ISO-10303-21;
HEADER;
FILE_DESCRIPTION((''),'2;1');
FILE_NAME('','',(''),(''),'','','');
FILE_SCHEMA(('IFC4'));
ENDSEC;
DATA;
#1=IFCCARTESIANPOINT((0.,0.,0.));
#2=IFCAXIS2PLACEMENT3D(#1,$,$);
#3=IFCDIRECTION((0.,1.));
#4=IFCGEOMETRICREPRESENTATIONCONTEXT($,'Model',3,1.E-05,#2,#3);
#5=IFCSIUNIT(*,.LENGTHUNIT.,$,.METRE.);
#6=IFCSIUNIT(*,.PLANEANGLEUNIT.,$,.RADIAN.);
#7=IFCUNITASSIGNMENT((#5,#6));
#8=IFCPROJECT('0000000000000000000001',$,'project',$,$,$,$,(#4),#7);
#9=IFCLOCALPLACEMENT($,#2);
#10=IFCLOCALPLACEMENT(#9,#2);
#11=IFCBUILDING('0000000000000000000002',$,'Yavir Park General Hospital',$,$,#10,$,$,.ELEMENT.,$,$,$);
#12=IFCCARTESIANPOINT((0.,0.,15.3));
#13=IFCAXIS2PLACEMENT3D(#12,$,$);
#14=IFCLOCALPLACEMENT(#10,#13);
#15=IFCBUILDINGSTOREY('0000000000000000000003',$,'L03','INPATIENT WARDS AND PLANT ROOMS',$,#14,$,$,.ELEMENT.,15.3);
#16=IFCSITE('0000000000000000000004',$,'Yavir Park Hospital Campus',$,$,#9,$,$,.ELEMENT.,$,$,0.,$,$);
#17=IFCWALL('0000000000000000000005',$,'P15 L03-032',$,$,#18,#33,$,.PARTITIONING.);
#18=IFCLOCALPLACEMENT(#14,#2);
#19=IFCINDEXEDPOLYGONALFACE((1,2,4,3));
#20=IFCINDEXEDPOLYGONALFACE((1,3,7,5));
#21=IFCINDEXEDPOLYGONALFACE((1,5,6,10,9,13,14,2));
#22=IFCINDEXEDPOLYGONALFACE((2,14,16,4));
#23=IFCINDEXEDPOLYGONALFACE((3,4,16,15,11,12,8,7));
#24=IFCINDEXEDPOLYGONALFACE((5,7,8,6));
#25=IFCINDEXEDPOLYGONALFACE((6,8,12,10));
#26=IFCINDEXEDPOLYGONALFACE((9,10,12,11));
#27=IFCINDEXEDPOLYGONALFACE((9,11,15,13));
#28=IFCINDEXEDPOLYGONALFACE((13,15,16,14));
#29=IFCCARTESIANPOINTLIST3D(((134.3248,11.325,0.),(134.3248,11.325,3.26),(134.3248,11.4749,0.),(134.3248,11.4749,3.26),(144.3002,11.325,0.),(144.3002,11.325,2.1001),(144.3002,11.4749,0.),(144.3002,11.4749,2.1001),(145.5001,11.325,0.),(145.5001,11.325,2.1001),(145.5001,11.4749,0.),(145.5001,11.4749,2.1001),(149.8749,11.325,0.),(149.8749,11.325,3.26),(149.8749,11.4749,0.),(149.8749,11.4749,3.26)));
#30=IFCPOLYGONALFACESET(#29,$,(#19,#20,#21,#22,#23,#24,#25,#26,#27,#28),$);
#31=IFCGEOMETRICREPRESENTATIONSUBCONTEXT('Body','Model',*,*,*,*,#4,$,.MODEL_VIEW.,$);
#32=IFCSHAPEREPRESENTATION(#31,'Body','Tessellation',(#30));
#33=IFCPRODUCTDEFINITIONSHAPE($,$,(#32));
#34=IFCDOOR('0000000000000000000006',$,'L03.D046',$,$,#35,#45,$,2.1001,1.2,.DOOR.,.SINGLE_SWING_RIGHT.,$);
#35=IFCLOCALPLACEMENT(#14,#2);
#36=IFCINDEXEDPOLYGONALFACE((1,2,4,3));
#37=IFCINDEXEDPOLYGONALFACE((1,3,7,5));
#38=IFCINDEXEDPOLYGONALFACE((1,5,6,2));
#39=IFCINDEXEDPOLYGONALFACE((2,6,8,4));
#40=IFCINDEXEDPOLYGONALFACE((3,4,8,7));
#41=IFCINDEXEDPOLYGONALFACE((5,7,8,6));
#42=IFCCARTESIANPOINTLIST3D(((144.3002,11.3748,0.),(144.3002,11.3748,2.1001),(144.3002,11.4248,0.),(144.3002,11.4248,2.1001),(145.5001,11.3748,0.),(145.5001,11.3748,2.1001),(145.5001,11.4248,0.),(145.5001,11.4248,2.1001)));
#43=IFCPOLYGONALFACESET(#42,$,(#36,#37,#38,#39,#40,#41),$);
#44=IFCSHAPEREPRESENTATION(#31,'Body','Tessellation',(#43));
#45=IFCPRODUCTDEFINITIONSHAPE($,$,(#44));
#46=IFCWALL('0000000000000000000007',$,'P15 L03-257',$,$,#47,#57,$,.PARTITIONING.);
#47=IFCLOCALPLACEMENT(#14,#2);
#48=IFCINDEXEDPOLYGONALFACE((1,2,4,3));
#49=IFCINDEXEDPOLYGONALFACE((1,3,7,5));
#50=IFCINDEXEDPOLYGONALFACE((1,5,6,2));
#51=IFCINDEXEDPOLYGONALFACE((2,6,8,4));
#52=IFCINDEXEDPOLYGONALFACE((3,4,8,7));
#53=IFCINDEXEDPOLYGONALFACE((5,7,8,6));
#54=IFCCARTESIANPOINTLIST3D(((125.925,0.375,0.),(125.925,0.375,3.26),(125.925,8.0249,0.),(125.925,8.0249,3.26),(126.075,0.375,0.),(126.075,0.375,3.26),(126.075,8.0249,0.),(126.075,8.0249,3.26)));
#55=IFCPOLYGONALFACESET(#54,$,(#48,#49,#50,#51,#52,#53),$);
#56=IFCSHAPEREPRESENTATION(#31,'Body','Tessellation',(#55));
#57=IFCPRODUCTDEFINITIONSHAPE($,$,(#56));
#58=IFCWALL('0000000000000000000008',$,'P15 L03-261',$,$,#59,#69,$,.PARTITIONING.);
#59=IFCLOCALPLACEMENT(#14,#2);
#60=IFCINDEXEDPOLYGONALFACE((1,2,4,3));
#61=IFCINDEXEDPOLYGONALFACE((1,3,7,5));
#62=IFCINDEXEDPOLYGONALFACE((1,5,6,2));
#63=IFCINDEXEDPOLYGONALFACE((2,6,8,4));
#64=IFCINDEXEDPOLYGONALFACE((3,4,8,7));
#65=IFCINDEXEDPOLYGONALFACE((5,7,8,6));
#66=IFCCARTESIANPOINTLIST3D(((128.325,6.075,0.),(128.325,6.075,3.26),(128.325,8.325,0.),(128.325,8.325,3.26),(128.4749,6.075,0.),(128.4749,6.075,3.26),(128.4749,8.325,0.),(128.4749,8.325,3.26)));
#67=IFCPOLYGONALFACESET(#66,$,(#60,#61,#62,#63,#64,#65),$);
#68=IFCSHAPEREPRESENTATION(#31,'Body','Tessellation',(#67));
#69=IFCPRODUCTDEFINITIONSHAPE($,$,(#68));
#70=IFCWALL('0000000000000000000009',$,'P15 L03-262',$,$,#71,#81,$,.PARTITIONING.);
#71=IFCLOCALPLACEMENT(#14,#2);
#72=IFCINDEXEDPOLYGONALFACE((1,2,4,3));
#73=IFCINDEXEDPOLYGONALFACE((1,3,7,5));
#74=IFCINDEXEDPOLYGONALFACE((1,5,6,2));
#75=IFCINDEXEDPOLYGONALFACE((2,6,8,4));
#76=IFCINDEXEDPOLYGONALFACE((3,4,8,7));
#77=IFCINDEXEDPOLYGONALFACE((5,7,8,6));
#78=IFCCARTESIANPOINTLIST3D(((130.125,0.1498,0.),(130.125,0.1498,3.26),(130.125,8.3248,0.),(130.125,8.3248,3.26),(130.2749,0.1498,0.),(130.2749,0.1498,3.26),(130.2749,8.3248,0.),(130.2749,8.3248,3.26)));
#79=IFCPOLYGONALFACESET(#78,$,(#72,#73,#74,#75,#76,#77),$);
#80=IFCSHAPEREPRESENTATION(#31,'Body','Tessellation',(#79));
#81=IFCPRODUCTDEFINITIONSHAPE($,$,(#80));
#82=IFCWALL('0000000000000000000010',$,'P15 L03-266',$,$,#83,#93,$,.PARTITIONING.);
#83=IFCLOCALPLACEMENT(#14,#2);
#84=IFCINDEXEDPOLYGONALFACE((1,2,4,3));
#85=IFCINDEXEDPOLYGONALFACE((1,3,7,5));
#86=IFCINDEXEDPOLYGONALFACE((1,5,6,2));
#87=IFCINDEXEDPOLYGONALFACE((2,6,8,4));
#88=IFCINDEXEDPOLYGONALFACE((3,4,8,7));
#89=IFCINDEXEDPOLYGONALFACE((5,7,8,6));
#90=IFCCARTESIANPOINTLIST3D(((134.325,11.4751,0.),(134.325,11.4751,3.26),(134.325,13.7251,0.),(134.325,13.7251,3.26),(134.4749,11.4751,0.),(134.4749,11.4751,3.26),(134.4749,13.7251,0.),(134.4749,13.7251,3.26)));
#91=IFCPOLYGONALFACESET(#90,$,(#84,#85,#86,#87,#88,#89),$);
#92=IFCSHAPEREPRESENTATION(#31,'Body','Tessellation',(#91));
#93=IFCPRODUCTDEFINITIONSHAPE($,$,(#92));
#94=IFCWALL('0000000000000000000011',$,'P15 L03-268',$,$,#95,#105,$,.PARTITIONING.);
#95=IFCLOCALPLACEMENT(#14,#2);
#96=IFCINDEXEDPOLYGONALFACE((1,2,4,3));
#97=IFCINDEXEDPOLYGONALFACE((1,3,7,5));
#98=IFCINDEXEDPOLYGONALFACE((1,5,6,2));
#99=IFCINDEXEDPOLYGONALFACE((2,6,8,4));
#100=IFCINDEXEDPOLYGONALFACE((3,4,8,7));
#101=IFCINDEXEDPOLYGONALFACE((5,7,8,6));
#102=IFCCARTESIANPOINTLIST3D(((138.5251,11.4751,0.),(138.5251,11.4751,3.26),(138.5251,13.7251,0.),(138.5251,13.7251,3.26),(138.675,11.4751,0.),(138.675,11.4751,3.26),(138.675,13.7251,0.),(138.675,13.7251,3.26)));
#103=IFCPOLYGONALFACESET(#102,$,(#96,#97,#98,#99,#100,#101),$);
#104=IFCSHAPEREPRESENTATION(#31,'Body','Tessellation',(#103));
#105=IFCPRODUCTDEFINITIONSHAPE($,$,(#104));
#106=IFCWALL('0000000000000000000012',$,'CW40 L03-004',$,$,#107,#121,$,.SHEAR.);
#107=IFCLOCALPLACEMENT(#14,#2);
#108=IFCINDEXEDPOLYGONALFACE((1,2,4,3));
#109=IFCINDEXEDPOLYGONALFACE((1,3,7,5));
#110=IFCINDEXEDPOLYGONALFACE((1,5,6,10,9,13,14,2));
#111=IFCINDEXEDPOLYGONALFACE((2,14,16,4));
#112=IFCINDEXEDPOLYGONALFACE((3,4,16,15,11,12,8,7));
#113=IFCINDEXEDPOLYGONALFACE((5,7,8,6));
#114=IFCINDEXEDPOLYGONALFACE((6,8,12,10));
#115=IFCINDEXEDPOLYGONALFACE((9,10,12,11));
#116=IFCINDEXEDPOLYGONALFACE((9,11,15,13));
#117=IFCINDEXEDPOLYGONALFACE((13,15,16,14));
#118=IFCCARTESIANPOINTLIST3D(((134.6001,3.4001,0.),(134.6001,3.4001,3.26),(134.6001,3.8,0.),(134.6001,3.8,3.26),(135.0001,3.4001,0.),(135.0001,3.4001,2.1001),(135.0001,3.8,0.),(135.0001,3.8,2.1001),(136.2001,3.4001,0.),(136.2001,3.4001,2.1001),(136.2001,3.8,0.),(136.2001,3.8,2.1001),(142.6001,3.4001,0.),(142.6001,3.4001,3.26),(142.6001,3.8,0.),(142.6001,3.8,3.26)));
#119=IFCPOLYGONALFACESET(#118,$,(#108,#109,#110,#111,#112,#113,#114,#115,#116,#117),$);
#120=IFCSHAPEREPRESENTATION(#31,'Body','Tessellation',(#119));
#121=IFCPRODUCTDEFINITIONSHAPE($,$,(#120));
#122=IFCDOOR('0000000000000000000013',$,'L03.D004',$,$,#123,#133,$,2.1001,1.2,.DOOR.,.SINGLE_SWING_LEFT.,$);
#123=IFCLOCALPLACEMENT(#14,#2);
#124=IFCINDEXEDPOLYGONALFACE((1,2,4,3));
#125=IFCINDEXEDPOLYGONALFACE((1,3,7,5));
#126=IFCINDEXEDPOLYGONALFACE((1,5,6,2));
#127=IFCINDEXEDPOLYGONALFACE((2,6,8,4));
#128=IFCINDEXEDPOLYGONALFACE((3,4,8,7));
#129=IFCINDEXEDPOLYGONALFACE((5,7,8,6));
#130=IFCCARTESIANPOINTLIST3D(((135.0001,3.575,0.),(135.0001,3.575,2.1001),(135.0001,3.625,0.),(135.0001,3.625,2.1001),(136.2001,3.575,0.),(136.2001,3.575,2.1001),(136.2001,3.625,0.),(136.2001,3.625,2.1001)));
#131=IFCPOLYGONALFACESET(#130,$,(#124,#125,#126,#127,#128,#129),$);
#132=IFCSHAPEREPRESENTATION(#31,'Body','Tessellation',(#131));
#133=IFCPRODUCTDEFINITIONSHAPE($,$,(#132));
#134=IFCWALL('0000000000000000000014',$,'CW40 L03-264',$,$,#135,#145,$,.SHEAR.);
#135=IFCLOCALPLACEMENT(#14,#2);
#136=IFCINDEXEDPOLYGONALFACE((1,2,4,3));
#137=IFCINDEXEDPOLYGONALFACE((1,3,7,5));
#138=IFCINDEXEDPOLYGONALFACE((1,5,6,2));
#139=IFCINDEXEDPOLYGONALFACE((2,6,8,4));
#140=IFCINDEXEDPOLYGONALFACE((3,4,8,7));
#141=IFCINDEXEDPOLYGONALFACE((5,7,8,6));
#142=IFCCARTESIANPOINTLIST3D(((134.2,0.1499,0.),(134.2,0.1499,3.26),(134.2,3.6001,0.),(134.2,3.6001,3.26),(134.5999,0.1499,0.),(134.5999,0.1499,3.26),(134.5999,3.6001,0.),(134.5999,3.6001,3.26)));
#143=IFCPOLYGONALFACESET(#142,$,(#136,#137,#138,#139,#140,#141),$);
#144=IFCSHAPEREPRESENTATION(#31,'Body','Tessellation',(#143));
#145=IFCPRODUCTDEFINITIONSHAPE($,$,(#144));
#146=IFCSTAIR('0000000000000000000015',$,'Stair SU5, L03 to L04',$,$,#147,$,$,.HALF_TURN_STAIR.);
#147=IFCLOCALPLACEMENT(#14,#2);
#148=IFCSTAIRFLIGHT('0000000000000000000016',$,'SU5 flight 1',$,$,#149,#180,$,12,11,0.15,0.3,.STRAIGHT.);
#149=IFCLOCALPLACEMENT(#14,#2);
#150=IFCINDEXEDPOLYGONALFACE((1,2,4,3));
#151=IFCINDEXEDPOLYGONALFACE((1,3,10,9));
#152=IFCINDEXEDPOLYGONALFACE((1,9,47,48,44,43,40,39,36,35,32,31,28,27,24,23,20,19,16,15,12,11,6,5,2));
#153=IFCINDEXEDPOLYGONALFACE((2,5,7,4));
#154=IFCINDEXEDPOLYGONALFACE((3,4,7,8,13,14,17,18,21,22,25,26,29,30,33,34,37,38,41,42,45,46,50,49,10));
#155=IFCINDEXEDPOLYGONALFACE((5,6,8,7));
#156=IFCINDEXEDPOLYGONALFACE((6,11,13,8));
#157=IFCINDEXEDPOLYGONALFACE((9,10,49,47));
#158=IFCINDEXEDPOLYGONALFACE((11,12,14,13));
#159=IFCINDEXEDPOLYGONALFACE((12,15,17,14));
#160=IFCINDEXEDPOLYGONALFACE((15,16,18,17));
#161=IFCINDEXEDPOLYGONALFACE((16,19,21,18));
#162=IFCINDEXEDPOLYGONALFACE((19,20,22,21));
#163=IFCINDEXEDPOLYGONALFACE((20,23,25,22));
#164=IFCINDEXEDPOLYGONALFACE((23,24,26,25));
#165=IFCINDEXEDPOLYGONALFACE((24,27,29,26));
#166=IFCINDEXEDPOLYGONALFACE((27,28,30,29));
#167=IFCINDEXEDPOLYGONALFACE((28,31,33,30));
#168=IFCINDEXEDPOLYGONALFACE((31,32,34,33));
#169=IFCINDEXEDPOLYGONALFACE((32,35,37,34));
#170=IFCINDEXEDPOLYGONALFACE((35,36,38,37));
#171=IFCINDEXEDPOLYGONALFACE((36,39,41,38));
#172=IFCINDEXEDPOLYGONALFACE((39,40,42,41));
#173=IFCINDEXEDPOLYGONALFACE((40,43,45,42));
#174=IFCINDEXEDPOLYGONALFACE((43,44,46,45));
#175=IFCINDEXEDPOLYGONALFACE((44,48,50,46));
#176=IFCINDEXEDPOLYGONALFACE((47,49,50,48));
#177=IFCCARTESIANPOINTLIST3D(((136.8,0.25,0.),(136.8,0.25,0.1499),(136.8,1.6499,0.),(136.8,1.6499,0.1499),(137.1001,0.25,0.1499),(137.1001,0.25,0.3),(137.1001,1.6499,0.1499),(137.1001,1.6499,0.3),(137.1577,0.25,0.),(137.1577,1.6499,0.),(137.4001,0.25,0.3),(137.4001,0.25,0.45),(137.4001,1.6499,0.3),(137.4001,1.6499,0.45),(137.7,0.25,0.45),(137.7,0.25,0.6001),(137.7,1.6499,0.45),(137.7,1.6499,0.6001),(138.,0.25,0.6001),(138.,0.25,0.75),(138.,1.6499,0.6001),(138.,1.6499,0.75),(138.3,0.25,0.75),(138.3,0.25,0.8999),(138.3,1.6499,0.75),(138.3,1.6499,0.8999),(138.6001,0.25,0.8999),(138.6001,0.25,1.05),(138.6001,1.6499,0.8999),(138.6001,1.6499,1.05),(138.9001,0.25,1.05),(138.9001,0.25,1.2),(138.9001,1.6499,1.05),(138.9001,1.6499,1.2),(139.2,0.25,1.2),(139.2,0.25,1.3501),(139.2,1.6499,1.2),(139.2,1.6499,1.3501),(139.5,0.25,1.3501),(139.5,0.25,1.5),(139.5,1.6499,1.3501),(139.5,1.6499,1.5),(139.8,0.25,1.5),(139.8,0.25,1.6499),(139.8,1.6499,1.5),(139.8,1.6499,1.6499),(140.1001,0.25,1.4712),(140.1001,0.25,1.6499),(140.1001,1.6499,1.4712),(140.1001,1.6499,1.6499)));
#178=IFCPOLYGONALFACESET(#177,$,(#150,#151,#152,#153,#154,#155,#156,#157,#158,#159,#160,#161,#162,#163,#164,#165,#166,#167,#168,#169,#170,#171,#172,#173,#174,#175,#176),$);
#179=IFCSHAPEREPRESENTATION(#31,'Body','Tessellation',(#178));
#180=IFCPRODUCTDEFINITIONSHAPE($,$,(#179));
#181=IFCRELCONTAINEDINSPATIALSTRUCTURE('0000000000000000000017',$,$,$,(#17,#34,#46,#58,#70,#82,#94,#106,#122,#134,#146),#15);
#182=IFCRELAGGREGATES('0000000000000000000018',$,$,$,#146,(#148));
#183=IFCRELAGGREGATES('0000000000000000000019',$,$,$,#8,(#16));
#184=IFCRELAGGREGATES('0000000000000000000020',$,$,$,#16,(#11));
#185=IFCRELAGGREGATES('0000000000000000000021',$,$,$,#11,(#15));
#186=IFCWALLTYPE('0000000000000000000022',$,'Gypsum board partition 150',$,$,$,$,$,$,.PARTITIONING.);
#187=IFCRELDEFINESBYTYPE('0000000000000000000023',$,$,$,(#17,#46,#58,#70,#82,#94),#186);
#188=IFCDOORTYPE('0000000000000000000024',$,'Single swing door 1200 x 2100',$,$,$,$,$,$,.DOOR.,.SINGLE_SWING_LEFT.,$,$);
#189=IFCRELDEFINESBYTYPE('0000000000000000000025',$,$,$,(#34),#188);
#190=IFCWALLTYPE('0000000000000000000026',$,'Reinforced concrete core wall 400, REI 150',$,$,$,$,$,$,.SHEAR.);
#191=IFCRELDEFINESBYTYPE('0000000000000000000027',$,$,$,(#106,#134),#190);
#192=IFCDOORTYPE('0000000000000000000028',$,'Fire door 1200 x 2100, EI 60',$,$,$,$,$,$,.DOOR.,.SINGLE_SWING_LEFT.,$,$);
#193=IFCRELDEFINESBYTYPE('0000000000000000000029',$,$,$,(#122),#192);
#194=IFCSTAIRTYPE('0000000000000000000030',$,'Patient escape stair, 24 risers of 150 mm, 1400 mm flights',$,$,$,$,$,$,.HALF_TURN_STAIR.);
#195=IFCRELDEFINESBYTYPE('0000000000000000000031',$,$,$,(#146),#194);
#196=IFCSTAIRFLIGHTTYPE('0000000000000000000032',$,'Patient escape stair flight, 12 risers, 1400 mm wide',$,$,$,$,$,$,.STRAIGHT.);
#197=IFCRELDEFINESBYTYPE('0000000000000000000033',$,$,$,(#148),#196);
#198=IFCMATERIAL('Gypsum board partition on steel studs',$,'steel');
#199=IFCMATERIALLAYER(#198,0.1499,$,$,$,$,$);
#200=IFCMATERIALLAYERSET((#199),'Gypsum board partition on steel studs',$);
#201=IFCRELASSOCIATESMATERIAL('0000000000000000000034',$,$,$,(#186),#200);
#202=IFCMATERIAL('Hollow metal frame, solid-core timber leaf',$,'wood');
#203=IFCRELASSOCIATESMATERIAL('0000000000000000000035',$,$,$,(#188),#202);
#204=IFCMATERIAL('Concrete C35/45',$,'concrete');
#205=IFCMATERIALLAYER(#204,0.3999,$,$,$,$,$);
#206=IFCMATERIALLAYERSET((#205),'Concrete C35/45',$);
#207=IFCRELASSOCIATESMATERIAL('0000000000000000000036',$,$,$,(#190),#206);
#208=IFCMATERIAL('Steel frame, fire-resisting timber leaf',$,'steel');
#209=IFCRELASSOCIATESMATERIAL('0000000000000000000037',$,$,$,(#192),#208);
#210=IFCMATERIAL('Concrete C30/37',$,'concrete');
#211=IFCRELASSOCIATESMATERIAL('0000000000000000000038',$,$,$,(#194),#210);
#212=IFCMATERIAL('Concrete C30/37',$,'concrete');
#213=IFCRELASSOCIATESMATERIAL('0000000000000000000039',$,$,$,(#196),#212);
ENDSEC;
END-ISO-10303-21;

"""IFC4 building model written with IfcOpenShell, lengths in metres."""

from ifc_helpers import new_model, si_unit, direction, frame, frame_2d, origin, place, context, subcontext, project, spatial, polyline, rectangle, outline, extrude, material, layer, layer_set, type_object, element, fill, aggregate, save


model = new_model("IFC4")

# Units and contexts
model_context = context("Model", 3, precision=1e-05, world=origin(), true_north=direction((0.0, 1.0)))
body_context = subcontext(model_context, "Body", "Model", "MODEL_VIEW")
ifc_project = project(units=[si_unit("LENGTHUNIT", "METRE"), si_unit("PLANEANGLEUNIT", "RADIAN")], contexts=[model_context])

# Site, building, storey
site_placement = place(None, origin())
site = spatial("IfcSite", under=ifc_project, at=site_placement, Name="Yavir Park Hospital Campus", CompositionType="ELEMENT", RefElevation=0.0)
building_placement = place(site_placement, origin())
building = spatial("IfcBuilding", under=site, at=building_placement, Name="Yavir Park General Hospital", CompositionType="ELEMENT")
storey_placement = place(building_placement, frame((0.0, 0.0, 15.3)))
storey = spatial("IfcBuildingStorey", under=building, at=storey_placement, Name="L03", Description="INPATIENT WARDS AND PLANT ROOMS", CompositionType="ELEMENT", Elevation=15.3)

# Shared definitions
ifc_material_1 = material(Name="Gypsum board partition on steel studs", Category="steel")
ifc_layer_1 = layer(ifc_material_1, 0.1499)
ifc_layer_set_1 = layer_set([ifc_layer_1], Name="Gypsum board partition on steel studs")
wall_type_1 = type_object("IfcWallType", Name="Gypsum board partition 150", PredefinedType="PARTITIONING", material=ifc_layer_set_1)

# Wall, opening, door
wall_1_placement = place(storey_placement, frame((134.325, 11.3999, 0.0), z_axis=(0.0, 0.0, 1.0), x_axis=(1.0, 0.0, 0.0)))
wall_1 = element("IfcWall", 1, at=wall_1_placement, inside=storey, type_object=wall_type_1, Name="P15 L03-032", PredefinedType="PARTITIONING", context=body_context, shape_type="SweptSolid", body=[
    extrude(rectangle(XDim=15.55, YDim=0.1499, at=frame_2d((7.7749, 0.0))), origin(), (0.0, 0.0, 1.0), 3.26),
])
opening_1_placement = place(wall_1_placement, frame((9.9751, 0.0, 0.0)))
opening_1 = element("IfcOpeningElement", 2, at=opening_1_placement, cuts=wall_1, PredefinedType="OPENING", context=body_context, shape_type="SweptSolid", body=[
    extrude(rectangle(XDim=1.2, YDim=2.1001, at=frame_2d((0.6001, 1.05))), frame((0.0, 0.085, 0.0), z_axis=(0.0, -1.0, 0.0), x_axis=(1.0, 0.0, 0.0)), (0.0, 0.0, 1.0), 0.1699),
])
ifc_material_2 = material(Name="Hollow metal frame, solid-core timber leaf", Category="wood")
door_type_1 = type_object("IfcDoorType", Name="Single swing door 1200 x 2100", OperationType="SINGLE_SWING_LEFT", PredefinedType="DOOR", material=ifc_material_2)
door_1_placement = place(opening_1_placement, origin())
door_1 = element("IfcDoor", 3, at=door_1_placement, inside=storey, type_object=door_type_1, Name="L03.D046", OperationType="SINGLE_SWING_RIGHT", OverallHeight=2.1001, OverallWidth=1.2, PredefinedType="DOOR", context=body_context, shape_type="SweptSolid", body=[
    extrude(rectangle(XDim=1.2, YDim=2.1001, at=frame_2d((0.6001, 1.05))), frame((0.0, 0.0249, 0.0), z_axis=(0.0, -1.0, 0.0), x_axis=(1.0, 0.0, 0.0)), (0.0, 0.0, 1.0), 0.05),
])
fill(opening_1, door_1)

# Walls
wall_2_placement = place(storey_placement, frame((126.0, 0.375, 0.0), z_axis=(0.0, 0.0, 1.0), x_axis=(0.0, 1.0, 0.0)))
element("IfcWall", 4, at=wall_2_placement, inside=storey, type_object=wall_type_1, Name="P15 L03-257", PredefinedType="PARTITIONING", context=body_context, shape_type="SweptSolid", body=[
    extrude(rectangle(XDim=7.6499, YDim=0.1499, at=frame_2d((3.825, 0.0))), origin(), (0.0, 0.0, 1.0), 3.26),
])
wall_3_placement = place(storey_placement, frame((128.3999, 6.075, 0.0), z_axis=(0.0, 0.0, 1.0), x_axis=(0.0, 1.0, 0.0)))
element("IfcWall", 5, at=wall_3_placement, inside=storey, type_object=wall_type_1, Name="P15 L03-261", PredefinedType="PARTITIONING", context=body_context, shape_type="SweptSolid", body=[
    extrude(rectangle(XDim=2.25, YDim=0.1499, at=frame_2d((1.125, 0.0))), origin(), (0.0, 0.0, 1.0), 3.26),
])
wall_4_placement = place(storey_placement, frame((130.2, 0.1499, 0.0), z_axis=(0.0, 0.0, 1.0), x_axis=(0.0, 1.0, 0.0)))
element("IfcWall", 6, at=wall_4_placement, inside=storey, type_object=wall_type_1, Name="P15 L03-262", PredefinedType="PARTITIONING", context=body_context, shape_type="SweptSolid", body=[
    extrude(rectangle(XDim=8.175, YDim=0.1499, at=frame_2d((4.0874, 0.0))), origin(), (0.0, 0.0, 1.0), 3.26),
])
for number, where, z_axis, x_axis, name in (
    (7, (134.3999, 11.4751, 0.0), (0.0, 0.0, 1.0), (0.0, 1.0, 0.0), "P15 L03-266"),
    (8, (138.6001, 11.4751, 0.0), (0.0, 0.0, 1.0), (0.0, 1.0, 0.0), "P15 L03-268"),
):
    element("IfcWall", number, at=place(storey_placement, frame(where, z_axis=z_axis, x_axis=x_axis)), inside=storey, type_object=wall_type_1, Name=name, PredefinedType="PARTITIONING", context=body_context, shape_type="SweptSolid", body=[
        extrude(rectangle(XDim=2.25, YDim=0.1499, at=frame_2d((1.125, 0.0))), origin(), (0.0, 0.0, 1.0), 3.26),
    ])

# Wall, opening, door
ifc_material_3 = material(Name="Concrete C35/45", Category="concrete")
ifc_layer_2 = layer(ifc_material_3, 0.3999)
ifc_layer_set_2 = layer_set([ifc_layer_2], Name="Concrete C35/45")
wall_type_2 = type_object("IfcWallType", Name="Reinforced concrete core wall 400, REI 150", PredefinedType="SHEAR", material=ifc_layer_set_2)
wall_5_placement = place(storey_placement, frame((134.6001, 3.6001, 0.0), z_axis=(0.0, 0.0, 1.0), x_axis=(1.0, 0.0, 0.0)))
wall_5 = element("IfcWall", 9, at=wall_5_placement, inside=storey, type_object=wall_type_2, Name="CW40 L03-004", PredefinedType="SHEAR", context=body_context, shape_type="SweptSolid", body=[
    extrude(rectangle(XDim=8.0, YDim=0.3999, at=frame_2d((4.0, 0.0))), origin(), (0.0, 0.0, 1.0), 3.26),
])
opening_2_placement = place(wall_5_placement, frame((0.3999, 0.0, 0.0)))
opening_2 = element("IfcOpeningElement", 10, at=opening_2_placement, cuts=wall_5, PredefinedType="OPENING", context=body_context, shape_type="SweptSolid", body=[
    extrude(rectangle(XDim=1.2, YDim=2.1001, at=frame_2d((0.6001, 1.05))), frame((0.0, 0.21, 0.0), z_axis=(0.0, -1.0, 0.0), x_axis=(1.0, 0.0, 0.0)), (0.0, 0.0, 1.0), 0.4199),
])
ifc_material_4 = material(Name="Steel frame, fire-resisting timber leaf", Category="steel")
door_type_2 = type_object("IfcDoorType", Name="Fire door 1200 x 2100, EI 60", OperationType="SINGLE_SWING_LEFT", PredefinedType="DOOR", material=ifc_material_4)
door_2_placement = place(opening_2_placement, origin())
door_2 = element("IfcDoor", 11, at=door_2_placement, inside=storey, type_object=door_type_2, Name="L03.D004", OperationType="SINGLE_SWING_LEFT", OverallHeight=2.1001, OverallWidth=1.2, PredefinedType="DOOR", context=body_context, shape_type="SweptSolid", body=[
    extrude(rectangle(XDim=1.2, YDim=2.1001, at=frame_2d((0.6001, 1.05))), frame((0.0, 0.0249, 0.0), z_axis=(0.0, -1.0, 0.0), x_axis=(1.0, 0.0, 0.0)), (0.0, 0.0, 1.0), 0.05),
])
fill(opening_2, door_2)

# Wall
wall_6_placement = place(storey_placement, frame((134.3999, 0.1499, 0.0), z_axis=(0.0, 0.0, 1.0), x_axis=(0.0, 1.0, 0.0)))
element("IfcWall", 12, at=wall_6_placement, inside=storey, type_object=wall_type_2, Name="CW40 L03-264", PredefinedType="SHEAR", context=body_context, shape_type="SweptSolid", body=[
    extrude(rectangle(XDim=3.4502, YDim=0.3999, at=frame_2d((1.7251, 0.0))), origin(), (0.0, 0.0, 1.0), 3.26),
])

# Stair, stair flight
ifc_material_5 = material(Name="Concrete C30/37", Category="concrete")
stair_type = type_object("IfcStairType", Name="Patient escape stair, 24 risers of 150 mm, 1400 mm flights", PredefinedType="HALF_TURN_STAIR", material=ifc_material_5)
stair_placement = place(storey_placement, origin())
stair = element("IfcStair", 13, at=stair_placement, inside=storey, type_object=stair_type, Name="Stair SU5, L03 to L04", PredefinedType="HALF_TURN_STAIR")
ifc_material_6 = material(Name="Concrete C30/37", Category="concrete")
stair_flight_type = type_object("IfcStairFlightType", Name="Patient escape stair flight, 12 risers, 1400 mm wide", PredefinedType="STRAIGHT", material=ifc_material_6)
stair_flight_1_placement = place(storey_placement, frame((136.8, 0.95, 0.0), z_axis=(0.0, 0.0, 1.0), x_axis=(1.0, 0.0, 0.0)))
stair_flight_1 = element("IfcStairFlight", 14, at=stair_flight_1_placement, type_object=stair_flight_type, Name="SU5 flight 1", NumberOfRisers=12, NumberOfTreads=11, PredefinedType="STRAIGHT", RiserHeight=0.15, TreadLength=0.3, context=body_context, shape_type="SweptSolid", body=[
    extrude(outline(polyline([(0.0, 0.0), (0.0, 0.1499), (0.3, 0.1499), (0.3, 0.3), (0.6001, 0.3), (0.6001, 0.45), (0.8999, 0.45), (0.8999, 0.6001), (1.2, 0.6001), (1.2, 0.75), (1.5, 0.75), (1.5, 0.8999), (1.8, 0.8999), (1.8, 1.05), (2.1001, 1.05), (2.1001, 1.2), (2.3999, 1.2), (2.3999, 1.3501), (2.7, 1.3501), (2.7, 1.5), (3.0, 1.5), (3.0, 1.6499), (3.3, 1.6499), (3.3, 1.8), (3.3, 1.4712), (0.3577, 0.0), (0.0, 0.0)])), frame((0.0, 0.7, 0.0), z_axis=(0.0, -1.0, 0.0), x_axis=(1.0, 0.0, 0.0)), (0.0, 0.0, 1.0), 1.3999),
])
aggregate(stair, [stair_flight_1])

save(model, "model.ifc")
